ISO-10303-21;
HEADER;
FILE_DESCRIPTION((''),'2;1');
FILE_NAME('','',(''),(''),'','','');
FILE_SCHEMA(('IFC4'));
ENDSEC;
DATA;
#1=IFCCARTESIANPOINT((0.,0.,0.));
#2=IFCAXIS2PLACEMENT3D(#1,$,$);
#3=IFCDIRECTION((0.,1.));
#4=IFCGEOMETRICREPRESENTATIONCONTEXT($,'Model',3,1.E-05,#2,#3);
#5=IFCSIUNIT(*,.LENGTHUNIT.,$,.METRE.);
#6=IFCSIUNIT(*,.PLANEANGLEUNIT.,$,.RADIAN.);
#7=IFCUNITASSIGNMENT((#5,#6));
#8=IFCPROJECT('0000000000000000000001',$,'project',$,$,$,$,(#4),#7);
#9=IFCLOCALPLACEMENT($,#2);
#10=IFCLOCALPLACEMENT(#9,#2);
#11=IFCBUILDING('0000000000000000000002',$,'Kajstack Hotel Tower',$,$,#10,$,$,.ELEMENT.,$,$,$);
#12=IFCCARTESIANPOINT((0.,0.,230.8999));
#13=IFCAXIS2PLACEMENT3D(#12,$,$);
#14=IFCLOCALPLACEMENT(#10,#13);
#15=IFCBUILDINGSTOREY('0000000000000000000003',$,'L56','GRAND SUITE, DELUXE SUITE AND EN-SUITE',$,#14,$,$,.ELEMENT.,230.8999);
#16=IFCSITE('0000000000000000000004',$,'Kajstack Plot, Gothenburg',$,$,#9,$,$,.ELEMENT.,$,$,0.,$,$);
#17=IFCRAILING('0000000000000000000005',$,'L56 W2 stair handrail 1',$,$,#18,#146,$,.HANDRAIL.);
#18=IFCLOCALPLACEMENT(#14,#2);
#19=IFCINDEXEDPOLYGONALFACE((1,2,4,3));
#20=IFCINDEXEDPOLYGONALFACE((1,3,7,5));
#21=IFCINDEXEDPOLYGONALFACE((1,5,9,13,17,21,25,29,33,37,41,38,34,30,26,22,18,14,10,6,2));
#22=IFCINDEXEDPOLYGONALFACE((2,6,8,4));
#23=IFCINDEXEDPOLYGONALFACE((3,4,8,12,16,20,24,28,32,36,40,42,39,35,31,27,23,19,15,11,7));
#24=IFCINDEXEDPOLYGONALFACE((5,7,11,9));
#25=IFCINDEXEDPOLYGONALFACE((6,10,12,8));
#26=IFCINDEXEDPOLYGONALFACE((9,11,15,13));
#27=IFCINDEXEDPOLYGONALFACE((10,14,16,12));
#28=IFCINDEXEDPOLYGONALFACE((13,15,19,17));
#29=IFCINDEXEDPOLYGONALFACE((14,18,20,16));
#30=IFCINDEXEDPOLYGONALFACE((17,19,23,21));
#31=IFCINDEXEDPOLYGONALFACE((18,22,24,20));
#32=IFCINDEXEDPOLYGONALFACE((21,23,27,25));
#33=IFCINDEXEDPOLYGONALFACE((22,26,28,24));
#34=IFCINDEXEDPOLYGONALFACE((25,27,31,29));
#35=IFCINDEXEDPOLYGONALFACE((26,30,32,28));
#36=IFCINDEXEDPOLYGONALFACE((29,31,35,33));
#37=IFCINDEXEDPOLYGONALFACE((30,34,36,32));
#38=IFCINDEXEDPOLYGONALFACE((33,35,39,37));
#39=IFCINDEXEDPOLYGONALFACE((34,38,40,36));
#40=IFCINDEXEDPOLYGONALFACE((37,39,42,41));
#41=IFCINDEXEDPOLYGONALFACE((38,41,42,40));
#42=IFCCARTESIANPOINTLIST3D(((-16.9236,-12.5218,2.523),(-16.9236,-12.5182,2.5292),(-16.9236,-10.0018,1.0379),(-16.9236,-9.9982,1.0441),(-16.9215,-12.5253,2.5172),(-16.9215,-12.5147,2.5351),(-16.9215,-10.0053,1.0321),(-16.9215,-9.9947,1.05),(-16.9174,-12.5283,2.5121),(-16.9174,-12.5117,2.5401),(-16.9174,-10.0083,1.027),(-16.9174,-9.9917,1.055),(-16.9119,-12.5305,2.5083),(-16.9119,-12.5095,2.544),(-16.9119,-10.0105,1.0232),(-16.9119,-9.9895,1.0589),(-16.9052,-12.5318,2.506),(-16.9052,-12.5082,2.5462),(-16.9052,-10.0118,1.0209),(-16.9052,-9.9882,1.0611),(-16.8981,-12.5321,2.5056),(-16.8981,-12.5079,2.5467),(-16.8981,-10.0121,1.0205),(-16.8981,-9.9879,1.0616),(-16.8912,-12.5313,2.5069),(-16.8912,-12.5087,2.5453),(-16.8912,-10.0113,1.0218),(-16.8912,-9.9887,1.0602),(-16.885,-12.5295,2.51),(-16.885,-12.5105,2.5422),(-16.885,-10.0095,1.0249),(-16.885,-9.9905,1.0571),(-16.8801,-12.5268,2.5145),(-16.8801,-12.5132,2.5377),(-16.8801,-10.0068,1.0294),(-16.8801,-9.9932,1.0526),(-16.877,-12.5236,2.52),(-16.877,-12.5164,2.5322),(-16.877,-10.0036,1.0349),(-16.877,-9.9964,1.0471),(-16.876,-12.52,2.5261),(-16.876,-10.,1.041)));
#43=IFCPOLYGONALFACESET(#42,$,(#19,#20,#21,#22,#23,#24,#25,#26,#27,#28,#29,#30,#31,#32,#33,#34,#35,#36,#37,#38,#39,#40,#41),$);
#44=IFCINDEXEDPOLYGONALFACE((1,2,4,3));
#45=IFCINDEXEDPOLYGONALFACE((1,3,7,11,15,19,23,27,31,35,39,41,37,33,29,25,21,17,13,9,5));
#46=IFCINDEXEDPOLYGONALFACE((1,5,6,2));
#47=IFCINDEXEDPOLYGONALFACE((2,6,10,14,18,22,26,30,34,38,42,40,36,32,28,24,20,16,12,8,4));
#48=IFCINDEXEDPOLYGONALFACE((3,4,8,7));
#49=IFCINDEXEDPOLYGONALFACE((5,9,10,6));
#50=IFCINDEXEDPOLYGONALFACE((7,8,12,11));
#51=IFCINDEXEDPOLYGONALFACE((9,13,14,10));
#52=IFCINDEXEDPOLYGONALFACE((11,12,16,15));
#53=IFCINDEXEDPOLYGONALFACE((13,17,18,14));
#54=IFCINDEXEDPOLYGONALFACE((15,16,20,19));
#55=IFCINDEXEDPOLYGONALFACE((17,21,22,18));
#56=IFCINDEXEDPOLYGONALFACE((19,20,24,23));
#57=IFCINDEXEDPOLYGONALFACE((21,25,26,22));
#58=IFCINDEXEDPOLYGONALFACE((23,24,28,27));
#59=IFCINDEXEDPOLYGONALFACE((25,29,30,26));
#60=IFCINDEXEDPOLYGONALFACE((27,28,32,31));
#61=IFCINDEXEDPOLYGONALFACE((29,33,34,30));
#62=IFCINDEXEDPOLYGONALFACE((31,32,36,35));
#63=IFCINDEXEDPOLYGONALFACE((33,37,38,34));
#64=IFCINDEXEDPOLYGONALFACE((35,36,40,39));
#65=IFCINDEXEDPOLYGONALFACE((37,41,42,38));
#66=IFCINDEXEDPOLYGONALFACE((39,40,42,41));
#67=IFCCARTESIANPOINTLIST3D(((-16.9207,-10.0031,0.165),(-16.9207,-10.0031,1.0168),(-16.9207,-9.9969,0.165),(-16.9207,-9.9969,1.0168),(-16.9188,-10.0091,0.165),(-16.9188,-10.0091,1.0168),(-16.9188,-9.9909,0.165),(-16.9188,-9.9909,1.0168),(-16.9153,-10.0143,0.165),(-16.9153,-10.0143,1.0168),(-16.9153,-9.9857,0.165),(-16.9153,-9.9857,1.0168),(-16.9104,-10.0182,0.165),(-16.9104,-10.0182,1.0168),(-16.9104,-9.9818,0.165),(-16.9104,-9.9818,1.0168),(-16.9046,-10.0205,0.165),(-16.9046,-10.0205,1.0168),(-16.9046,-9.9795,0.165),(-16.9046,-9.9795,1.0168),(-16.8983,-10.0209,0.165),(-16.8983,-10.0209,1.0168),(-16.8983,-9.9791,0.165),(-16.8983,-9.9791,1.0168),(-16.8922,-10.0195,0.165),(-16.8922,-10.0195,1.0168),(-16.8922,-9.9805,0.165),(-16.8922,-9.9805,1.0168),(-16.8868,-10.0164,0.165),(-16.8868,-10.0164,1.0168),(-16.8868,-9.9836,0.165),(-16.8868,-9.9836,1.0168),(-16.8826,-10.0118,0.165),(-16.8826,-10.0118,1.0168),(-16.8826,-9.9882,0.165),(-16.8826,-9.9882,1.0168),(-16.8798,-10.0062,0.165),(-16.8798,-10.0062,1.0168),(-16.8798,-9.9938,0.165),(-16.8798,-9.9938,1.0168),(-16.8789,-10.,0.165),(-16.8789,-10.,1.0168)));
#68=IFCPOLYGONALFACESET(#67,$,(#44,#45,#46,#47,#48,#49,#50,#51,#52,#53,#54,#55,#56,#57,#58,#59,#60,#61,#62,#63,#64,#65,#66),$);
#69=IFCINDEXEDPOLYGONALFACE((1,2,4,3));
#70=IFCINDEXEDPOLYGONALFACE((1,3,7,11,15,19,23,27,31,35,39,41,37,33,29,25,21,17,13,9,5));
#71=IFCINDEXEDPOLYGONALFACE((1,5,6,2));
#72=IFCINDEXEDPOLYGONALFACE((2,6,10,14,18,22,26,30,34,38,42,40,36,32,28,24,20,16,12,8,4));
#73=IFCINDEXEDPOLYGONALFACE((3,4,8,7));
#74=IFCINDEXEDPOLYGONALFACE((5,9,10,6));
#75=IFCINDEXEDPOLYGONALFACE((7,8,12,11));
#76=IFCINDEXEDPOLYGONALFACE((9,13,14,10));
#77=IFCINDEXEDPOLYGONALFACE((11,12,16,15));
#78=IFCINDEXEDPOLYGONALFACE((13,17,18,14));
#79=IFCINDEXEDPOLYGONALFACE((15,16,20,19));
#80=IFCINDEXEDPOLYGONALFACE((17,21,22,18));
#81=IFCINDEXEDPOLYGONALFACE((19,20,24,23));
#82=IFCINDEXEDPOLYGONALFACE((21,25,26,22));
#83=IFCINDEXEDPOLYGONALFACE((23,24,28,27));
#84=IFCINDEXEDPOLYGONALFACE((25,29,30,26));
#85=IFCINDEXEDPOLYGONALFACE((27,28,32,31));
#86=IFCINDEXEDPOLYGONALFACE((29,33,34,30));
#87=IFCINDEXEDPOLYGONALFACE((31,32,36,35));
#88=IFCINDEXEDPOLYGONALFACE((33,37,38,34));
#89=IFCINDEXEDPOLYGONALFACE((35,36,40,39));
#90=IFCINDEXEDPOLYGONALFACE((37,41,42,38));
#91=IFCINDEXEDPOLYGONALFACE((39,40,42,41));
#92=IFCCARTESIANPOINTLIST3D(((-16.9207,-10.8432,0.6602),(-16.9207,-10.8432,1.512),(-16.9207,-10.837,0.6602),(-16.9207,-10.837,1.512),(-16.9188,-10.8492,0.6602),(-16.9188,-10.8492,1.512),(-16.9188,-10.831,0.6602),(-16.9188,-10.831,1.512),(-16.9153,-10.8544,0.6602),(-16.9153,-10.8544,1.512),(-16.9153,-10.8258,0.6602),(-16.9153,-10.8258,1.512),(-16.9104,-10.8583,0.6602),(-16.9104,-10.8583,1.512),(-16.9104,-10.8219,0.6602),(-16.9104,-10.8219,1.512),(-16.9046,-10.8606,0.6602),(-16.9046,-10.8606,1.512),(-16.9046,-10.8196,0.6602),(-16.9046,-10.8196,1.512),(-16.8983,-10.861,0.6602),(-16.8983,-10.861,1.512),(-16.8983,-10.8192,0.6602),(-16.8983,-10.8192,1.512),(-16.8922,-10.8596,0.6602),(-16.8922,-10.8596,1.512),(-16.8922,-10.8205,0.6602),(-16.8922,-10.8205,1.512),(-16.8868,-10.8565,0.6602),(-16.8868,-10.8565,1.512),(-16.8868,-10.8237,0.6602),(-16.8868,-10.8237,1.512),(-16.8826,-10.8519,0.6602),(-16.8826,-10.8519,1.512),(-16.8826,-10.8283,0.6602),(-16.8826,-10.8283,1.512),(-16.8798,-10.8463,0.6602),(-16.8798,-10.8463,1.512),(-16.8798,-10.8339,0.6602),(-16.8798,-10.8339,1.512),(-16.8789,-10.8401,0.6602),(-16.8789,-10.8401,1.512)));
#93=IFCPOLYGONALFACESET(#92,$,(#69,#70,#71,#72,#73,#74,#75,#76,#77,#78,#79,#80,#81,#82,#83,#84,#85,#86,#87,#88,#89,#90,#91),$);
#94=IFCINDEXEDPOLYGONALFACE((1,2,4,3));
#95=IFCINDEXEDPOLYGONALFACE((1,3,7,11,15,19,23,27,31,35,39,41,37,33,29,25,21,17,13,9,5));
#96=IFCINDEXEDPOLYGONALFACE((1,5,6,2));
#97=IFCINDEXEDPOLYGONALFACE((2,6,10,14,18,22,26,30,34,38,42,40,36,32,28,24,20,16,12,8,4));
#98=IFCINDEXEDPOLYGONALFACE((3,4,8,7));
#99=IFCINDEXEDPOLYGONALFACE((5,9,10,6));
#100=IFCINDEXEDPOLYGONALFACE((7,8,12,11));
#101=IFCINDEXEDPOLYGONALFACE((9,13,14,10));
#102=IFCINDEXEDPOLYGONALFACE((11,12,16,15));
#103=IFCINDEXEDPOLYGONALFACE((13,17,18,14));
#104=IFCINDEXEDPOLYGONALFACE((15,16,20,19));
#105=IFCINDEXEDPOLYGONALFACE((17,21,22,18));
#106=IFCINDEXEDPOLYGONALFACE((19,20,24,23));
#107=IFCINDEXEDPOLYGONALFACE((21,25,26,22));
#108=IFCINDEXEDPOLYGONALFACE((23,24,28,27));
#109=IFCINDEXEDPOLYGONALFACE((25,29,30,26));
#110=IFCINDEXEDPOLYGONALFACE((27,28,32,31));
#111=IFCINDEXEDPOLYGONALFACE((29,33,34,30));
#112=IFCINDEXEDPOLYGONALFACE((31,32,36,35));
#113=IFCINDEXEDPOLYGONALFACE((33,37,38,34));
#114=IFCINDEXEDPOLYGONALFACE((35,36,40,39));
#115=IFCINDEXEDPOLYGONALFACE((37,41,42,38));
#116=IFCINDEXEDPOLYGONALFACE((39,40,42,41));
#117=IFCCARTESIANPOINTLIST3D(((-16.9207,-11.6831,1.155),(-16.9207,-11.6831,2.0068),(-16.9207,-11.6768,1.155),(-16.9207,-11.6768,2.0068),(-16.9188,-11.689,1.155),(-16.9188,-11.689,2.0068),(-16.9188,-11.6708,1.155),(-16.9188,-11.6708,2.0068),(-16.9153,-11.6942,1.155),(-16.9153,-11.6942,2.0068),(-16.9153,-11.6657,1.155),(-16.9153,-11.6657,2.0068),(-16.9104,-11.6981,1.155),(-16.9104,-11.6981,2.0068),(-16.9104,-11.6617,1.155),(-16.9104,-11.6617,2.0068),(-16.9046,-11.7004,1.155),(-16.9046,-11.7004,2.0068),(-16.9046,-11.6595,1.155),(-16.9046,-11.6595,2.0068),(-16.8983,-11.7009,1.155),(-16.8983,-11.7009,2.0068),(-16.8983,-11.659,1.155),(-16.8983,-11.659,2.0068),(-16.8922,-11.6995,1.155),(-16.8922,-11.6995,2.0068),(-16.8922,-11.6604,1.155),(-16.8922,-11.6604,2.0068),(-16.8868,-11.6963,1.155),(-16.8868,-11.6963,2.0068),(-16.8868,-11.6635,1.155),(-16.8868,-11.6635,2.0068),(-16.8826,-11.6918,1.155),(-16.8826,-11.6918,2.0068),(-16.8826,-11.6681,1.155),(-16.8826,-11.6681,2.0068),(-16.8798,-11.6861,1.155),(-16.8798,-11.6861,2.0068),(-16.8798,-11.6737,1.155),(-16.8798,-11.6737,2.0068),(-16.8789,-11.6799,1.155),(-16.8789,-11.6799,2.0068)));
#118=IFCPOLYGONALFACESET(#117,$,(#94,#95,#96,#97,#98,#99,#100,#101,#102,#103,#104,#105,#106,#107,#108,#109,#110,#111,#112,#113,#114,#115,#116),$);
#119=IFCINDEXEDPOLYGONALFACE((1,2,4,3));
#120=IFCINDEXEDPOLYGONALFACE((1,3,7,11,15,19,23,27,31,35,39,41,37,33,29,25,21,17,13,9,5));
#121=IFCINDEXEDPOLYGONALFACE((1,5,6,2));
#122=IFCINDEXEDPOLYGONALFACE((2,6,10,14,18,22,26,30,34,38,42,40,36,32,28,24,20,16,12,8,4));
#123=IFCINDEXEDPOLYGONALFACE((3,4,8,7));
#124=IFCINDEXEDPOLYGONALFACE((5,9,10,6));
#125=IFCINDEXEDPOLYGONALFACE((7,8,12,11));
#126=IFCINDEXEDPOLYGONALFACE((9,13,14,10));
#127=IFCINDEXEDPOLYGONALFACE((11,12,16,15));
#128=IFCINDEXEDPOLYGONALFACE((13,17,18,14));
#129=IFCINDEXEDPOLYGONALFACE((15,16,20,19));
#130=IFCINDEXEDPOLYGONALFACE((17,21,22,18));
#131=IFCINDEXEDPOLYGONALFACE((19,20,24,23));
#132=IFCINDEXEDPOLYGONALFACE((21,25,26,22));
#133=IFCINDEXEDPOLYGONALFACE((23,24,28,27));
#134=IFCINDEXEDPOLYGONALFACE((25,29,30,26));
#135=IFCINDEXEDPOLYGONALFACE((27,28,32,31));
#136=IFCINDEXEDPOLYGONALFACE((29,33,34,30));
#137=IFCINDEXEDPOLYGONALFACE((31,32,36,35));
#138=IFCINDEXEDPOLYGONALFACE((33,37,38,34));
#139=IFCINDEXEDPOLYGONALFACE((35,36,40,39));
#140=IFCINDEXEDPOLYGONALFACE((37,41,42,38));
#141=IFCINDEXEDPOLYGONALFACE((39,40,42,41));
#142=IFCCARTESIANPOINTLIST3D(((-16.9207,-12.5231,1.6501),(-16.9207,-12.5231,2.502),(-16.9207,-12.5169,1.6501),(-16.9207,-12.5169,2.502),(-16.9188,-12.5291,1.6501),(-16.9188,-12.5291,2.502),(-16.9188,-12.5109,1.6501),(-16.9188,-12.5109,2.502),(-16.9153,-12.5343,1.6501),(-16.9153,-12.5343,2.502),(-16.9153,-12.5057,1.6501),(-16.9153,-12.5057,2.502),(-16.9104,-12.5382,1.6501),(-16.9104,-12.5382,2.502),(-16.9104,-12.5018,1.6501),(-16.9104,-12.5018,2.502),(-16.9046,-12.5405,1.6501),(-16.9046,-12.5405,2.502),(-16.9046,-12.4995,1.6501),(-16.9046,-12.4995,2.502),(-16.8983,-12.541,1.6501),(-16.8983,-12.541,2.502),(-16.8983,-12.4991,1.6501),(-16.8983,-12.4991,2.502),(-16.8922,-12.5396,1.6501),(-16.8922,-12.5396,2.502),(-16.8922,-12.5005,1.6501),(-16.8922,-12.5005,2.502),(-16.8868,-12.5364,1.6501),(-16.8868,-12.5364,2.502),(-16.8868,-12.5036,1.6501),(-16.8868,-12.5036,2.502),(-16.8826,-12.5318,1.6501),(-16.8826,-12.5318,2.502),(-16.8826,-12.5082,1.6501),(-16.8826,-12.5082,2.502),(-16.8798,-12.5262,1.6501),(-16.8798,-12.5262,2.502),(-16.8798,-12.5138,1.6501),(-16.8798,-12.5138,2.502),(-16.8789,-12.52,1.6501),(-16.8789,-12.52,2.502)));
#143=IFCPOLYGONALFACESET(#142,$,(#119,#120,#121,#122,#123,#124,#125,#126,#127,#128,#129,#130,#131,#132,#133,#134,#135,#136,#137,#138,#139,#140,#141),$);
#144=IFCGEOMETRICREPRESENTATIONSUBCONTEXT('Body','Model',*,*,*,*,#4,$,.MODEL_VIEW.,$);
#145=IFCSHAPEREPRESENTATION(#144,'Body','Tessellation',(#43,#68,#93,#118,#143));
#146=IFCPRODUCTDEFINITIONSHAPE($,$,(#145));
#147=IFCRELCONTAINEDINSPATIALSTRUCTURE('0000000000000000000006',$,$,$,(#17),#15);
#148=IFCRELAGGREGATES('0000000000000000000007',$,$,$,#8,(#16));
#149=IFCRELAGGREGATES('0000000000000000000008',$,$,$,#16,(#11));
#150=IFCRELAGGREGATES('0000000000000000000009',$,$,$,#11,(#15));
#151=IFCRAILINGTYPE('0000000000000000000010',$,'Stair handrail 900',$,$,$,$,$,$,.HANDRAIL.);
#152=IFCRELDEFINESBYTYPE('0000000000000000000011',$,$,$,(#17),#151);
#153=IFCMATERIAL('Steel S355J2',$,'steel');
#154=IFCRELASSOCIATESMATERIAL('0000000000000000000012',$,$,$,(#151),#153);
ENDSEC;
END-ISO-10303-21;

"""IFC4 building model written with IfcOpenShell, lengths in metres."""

from ifc_helpers import new_model, si_unit, direction, frame, origin, origin_2d, place, context, subcontext, project, spatial, circle, extrude, material, type_object, element, save


model = new_model("IFC4")

# Units and contexts
model_context = context("Model", 3, precision=1e-05, world=origin(), true_north=direction((0.0, 1.0)))
body_context = subcontext(model_context, "Body", "Model", "MODEL_VIEW")
ifc_project = project(units=[si_unit("LENGTHUNIT", "METRE"), si_unit("PLANEANGLEUNIT", "RADIAN")], contexts=[model_context])

# Site, building, storey
site_placement = place(None, origin())
site = spatial("IfcSite", under=ifc_project, at=site_placement, Name="Kajstack Plot, Gothenburg", CompositionType="ELEMENT", RefElevation=0.0)
building_placement = place(site_placement, origin())
building = spatial("IfcBuilding", under=site, at=building_placement, Name="Kajstack Hotel Tower", CompositionType="ELEMENT")
storey_placement = place(building_placement, frame((0.0, 0.0, 230.8999)))
storey = spatial("IfcBuildingStorey", under=building, at=storey_placement, Name="L56", Description="GRAND SUITE, DELUXE SUITE AND EN-SUITE", CompositionType="ELEMENT", Elevation=230.8999)

# Railing
ifc_material_1 = material(Name="Steel S355J2", Category="steel")
railing_type_1 = type_object("IfcRailingType", Name="Stair handrail 900", PredefinedType="HANDRAIL", material=ifc_material_1)
railing_1_placement = place(storey_placement, frame((-16.8999, -10.0, 0.165)))
element("IfcRailing", 1, at=railing_1_placement, inside=storey, type_object=railing_type_1, Name="L56 W2 stair handrail 1", PredefinedType="HANDRAIL", context=body_context, shape_type="SweptSolid", body=[
    extrude(circle(Radius=0.0239, at=origin_2d()), frame((0.0, 0.0, 0.876), z_axis=(0.0, -0.861524, 0.507717), x_axis=(1.0, 0.0, 0.0)), (0.0, 0.0, 1.0), 2.925),
    extrude(circle(Radius=0.021, at=origin_2d()), origin(), (0.0, 0.0, 1.0), 0.8518),
    extrude(circle(Radius=0.021, at=origin_2d()), frame((0.0, -0.8401, 0.4951)), (0.0, 0.0, 1.0), 0.8518),
    extrude(circle(Radius=0.021, at=origin_2d()), frame((0.0, -1.6799, 0.99)), (0.0, 0.0, 1.0), 0.8518),
    extrude(circle(Radius=0.021, at=origin_2d()), frame((0.0, -2.52, 1.4851)), (0.0, 0.0, 1.0), 0.8518),
])

save(model, "model.ifc")
